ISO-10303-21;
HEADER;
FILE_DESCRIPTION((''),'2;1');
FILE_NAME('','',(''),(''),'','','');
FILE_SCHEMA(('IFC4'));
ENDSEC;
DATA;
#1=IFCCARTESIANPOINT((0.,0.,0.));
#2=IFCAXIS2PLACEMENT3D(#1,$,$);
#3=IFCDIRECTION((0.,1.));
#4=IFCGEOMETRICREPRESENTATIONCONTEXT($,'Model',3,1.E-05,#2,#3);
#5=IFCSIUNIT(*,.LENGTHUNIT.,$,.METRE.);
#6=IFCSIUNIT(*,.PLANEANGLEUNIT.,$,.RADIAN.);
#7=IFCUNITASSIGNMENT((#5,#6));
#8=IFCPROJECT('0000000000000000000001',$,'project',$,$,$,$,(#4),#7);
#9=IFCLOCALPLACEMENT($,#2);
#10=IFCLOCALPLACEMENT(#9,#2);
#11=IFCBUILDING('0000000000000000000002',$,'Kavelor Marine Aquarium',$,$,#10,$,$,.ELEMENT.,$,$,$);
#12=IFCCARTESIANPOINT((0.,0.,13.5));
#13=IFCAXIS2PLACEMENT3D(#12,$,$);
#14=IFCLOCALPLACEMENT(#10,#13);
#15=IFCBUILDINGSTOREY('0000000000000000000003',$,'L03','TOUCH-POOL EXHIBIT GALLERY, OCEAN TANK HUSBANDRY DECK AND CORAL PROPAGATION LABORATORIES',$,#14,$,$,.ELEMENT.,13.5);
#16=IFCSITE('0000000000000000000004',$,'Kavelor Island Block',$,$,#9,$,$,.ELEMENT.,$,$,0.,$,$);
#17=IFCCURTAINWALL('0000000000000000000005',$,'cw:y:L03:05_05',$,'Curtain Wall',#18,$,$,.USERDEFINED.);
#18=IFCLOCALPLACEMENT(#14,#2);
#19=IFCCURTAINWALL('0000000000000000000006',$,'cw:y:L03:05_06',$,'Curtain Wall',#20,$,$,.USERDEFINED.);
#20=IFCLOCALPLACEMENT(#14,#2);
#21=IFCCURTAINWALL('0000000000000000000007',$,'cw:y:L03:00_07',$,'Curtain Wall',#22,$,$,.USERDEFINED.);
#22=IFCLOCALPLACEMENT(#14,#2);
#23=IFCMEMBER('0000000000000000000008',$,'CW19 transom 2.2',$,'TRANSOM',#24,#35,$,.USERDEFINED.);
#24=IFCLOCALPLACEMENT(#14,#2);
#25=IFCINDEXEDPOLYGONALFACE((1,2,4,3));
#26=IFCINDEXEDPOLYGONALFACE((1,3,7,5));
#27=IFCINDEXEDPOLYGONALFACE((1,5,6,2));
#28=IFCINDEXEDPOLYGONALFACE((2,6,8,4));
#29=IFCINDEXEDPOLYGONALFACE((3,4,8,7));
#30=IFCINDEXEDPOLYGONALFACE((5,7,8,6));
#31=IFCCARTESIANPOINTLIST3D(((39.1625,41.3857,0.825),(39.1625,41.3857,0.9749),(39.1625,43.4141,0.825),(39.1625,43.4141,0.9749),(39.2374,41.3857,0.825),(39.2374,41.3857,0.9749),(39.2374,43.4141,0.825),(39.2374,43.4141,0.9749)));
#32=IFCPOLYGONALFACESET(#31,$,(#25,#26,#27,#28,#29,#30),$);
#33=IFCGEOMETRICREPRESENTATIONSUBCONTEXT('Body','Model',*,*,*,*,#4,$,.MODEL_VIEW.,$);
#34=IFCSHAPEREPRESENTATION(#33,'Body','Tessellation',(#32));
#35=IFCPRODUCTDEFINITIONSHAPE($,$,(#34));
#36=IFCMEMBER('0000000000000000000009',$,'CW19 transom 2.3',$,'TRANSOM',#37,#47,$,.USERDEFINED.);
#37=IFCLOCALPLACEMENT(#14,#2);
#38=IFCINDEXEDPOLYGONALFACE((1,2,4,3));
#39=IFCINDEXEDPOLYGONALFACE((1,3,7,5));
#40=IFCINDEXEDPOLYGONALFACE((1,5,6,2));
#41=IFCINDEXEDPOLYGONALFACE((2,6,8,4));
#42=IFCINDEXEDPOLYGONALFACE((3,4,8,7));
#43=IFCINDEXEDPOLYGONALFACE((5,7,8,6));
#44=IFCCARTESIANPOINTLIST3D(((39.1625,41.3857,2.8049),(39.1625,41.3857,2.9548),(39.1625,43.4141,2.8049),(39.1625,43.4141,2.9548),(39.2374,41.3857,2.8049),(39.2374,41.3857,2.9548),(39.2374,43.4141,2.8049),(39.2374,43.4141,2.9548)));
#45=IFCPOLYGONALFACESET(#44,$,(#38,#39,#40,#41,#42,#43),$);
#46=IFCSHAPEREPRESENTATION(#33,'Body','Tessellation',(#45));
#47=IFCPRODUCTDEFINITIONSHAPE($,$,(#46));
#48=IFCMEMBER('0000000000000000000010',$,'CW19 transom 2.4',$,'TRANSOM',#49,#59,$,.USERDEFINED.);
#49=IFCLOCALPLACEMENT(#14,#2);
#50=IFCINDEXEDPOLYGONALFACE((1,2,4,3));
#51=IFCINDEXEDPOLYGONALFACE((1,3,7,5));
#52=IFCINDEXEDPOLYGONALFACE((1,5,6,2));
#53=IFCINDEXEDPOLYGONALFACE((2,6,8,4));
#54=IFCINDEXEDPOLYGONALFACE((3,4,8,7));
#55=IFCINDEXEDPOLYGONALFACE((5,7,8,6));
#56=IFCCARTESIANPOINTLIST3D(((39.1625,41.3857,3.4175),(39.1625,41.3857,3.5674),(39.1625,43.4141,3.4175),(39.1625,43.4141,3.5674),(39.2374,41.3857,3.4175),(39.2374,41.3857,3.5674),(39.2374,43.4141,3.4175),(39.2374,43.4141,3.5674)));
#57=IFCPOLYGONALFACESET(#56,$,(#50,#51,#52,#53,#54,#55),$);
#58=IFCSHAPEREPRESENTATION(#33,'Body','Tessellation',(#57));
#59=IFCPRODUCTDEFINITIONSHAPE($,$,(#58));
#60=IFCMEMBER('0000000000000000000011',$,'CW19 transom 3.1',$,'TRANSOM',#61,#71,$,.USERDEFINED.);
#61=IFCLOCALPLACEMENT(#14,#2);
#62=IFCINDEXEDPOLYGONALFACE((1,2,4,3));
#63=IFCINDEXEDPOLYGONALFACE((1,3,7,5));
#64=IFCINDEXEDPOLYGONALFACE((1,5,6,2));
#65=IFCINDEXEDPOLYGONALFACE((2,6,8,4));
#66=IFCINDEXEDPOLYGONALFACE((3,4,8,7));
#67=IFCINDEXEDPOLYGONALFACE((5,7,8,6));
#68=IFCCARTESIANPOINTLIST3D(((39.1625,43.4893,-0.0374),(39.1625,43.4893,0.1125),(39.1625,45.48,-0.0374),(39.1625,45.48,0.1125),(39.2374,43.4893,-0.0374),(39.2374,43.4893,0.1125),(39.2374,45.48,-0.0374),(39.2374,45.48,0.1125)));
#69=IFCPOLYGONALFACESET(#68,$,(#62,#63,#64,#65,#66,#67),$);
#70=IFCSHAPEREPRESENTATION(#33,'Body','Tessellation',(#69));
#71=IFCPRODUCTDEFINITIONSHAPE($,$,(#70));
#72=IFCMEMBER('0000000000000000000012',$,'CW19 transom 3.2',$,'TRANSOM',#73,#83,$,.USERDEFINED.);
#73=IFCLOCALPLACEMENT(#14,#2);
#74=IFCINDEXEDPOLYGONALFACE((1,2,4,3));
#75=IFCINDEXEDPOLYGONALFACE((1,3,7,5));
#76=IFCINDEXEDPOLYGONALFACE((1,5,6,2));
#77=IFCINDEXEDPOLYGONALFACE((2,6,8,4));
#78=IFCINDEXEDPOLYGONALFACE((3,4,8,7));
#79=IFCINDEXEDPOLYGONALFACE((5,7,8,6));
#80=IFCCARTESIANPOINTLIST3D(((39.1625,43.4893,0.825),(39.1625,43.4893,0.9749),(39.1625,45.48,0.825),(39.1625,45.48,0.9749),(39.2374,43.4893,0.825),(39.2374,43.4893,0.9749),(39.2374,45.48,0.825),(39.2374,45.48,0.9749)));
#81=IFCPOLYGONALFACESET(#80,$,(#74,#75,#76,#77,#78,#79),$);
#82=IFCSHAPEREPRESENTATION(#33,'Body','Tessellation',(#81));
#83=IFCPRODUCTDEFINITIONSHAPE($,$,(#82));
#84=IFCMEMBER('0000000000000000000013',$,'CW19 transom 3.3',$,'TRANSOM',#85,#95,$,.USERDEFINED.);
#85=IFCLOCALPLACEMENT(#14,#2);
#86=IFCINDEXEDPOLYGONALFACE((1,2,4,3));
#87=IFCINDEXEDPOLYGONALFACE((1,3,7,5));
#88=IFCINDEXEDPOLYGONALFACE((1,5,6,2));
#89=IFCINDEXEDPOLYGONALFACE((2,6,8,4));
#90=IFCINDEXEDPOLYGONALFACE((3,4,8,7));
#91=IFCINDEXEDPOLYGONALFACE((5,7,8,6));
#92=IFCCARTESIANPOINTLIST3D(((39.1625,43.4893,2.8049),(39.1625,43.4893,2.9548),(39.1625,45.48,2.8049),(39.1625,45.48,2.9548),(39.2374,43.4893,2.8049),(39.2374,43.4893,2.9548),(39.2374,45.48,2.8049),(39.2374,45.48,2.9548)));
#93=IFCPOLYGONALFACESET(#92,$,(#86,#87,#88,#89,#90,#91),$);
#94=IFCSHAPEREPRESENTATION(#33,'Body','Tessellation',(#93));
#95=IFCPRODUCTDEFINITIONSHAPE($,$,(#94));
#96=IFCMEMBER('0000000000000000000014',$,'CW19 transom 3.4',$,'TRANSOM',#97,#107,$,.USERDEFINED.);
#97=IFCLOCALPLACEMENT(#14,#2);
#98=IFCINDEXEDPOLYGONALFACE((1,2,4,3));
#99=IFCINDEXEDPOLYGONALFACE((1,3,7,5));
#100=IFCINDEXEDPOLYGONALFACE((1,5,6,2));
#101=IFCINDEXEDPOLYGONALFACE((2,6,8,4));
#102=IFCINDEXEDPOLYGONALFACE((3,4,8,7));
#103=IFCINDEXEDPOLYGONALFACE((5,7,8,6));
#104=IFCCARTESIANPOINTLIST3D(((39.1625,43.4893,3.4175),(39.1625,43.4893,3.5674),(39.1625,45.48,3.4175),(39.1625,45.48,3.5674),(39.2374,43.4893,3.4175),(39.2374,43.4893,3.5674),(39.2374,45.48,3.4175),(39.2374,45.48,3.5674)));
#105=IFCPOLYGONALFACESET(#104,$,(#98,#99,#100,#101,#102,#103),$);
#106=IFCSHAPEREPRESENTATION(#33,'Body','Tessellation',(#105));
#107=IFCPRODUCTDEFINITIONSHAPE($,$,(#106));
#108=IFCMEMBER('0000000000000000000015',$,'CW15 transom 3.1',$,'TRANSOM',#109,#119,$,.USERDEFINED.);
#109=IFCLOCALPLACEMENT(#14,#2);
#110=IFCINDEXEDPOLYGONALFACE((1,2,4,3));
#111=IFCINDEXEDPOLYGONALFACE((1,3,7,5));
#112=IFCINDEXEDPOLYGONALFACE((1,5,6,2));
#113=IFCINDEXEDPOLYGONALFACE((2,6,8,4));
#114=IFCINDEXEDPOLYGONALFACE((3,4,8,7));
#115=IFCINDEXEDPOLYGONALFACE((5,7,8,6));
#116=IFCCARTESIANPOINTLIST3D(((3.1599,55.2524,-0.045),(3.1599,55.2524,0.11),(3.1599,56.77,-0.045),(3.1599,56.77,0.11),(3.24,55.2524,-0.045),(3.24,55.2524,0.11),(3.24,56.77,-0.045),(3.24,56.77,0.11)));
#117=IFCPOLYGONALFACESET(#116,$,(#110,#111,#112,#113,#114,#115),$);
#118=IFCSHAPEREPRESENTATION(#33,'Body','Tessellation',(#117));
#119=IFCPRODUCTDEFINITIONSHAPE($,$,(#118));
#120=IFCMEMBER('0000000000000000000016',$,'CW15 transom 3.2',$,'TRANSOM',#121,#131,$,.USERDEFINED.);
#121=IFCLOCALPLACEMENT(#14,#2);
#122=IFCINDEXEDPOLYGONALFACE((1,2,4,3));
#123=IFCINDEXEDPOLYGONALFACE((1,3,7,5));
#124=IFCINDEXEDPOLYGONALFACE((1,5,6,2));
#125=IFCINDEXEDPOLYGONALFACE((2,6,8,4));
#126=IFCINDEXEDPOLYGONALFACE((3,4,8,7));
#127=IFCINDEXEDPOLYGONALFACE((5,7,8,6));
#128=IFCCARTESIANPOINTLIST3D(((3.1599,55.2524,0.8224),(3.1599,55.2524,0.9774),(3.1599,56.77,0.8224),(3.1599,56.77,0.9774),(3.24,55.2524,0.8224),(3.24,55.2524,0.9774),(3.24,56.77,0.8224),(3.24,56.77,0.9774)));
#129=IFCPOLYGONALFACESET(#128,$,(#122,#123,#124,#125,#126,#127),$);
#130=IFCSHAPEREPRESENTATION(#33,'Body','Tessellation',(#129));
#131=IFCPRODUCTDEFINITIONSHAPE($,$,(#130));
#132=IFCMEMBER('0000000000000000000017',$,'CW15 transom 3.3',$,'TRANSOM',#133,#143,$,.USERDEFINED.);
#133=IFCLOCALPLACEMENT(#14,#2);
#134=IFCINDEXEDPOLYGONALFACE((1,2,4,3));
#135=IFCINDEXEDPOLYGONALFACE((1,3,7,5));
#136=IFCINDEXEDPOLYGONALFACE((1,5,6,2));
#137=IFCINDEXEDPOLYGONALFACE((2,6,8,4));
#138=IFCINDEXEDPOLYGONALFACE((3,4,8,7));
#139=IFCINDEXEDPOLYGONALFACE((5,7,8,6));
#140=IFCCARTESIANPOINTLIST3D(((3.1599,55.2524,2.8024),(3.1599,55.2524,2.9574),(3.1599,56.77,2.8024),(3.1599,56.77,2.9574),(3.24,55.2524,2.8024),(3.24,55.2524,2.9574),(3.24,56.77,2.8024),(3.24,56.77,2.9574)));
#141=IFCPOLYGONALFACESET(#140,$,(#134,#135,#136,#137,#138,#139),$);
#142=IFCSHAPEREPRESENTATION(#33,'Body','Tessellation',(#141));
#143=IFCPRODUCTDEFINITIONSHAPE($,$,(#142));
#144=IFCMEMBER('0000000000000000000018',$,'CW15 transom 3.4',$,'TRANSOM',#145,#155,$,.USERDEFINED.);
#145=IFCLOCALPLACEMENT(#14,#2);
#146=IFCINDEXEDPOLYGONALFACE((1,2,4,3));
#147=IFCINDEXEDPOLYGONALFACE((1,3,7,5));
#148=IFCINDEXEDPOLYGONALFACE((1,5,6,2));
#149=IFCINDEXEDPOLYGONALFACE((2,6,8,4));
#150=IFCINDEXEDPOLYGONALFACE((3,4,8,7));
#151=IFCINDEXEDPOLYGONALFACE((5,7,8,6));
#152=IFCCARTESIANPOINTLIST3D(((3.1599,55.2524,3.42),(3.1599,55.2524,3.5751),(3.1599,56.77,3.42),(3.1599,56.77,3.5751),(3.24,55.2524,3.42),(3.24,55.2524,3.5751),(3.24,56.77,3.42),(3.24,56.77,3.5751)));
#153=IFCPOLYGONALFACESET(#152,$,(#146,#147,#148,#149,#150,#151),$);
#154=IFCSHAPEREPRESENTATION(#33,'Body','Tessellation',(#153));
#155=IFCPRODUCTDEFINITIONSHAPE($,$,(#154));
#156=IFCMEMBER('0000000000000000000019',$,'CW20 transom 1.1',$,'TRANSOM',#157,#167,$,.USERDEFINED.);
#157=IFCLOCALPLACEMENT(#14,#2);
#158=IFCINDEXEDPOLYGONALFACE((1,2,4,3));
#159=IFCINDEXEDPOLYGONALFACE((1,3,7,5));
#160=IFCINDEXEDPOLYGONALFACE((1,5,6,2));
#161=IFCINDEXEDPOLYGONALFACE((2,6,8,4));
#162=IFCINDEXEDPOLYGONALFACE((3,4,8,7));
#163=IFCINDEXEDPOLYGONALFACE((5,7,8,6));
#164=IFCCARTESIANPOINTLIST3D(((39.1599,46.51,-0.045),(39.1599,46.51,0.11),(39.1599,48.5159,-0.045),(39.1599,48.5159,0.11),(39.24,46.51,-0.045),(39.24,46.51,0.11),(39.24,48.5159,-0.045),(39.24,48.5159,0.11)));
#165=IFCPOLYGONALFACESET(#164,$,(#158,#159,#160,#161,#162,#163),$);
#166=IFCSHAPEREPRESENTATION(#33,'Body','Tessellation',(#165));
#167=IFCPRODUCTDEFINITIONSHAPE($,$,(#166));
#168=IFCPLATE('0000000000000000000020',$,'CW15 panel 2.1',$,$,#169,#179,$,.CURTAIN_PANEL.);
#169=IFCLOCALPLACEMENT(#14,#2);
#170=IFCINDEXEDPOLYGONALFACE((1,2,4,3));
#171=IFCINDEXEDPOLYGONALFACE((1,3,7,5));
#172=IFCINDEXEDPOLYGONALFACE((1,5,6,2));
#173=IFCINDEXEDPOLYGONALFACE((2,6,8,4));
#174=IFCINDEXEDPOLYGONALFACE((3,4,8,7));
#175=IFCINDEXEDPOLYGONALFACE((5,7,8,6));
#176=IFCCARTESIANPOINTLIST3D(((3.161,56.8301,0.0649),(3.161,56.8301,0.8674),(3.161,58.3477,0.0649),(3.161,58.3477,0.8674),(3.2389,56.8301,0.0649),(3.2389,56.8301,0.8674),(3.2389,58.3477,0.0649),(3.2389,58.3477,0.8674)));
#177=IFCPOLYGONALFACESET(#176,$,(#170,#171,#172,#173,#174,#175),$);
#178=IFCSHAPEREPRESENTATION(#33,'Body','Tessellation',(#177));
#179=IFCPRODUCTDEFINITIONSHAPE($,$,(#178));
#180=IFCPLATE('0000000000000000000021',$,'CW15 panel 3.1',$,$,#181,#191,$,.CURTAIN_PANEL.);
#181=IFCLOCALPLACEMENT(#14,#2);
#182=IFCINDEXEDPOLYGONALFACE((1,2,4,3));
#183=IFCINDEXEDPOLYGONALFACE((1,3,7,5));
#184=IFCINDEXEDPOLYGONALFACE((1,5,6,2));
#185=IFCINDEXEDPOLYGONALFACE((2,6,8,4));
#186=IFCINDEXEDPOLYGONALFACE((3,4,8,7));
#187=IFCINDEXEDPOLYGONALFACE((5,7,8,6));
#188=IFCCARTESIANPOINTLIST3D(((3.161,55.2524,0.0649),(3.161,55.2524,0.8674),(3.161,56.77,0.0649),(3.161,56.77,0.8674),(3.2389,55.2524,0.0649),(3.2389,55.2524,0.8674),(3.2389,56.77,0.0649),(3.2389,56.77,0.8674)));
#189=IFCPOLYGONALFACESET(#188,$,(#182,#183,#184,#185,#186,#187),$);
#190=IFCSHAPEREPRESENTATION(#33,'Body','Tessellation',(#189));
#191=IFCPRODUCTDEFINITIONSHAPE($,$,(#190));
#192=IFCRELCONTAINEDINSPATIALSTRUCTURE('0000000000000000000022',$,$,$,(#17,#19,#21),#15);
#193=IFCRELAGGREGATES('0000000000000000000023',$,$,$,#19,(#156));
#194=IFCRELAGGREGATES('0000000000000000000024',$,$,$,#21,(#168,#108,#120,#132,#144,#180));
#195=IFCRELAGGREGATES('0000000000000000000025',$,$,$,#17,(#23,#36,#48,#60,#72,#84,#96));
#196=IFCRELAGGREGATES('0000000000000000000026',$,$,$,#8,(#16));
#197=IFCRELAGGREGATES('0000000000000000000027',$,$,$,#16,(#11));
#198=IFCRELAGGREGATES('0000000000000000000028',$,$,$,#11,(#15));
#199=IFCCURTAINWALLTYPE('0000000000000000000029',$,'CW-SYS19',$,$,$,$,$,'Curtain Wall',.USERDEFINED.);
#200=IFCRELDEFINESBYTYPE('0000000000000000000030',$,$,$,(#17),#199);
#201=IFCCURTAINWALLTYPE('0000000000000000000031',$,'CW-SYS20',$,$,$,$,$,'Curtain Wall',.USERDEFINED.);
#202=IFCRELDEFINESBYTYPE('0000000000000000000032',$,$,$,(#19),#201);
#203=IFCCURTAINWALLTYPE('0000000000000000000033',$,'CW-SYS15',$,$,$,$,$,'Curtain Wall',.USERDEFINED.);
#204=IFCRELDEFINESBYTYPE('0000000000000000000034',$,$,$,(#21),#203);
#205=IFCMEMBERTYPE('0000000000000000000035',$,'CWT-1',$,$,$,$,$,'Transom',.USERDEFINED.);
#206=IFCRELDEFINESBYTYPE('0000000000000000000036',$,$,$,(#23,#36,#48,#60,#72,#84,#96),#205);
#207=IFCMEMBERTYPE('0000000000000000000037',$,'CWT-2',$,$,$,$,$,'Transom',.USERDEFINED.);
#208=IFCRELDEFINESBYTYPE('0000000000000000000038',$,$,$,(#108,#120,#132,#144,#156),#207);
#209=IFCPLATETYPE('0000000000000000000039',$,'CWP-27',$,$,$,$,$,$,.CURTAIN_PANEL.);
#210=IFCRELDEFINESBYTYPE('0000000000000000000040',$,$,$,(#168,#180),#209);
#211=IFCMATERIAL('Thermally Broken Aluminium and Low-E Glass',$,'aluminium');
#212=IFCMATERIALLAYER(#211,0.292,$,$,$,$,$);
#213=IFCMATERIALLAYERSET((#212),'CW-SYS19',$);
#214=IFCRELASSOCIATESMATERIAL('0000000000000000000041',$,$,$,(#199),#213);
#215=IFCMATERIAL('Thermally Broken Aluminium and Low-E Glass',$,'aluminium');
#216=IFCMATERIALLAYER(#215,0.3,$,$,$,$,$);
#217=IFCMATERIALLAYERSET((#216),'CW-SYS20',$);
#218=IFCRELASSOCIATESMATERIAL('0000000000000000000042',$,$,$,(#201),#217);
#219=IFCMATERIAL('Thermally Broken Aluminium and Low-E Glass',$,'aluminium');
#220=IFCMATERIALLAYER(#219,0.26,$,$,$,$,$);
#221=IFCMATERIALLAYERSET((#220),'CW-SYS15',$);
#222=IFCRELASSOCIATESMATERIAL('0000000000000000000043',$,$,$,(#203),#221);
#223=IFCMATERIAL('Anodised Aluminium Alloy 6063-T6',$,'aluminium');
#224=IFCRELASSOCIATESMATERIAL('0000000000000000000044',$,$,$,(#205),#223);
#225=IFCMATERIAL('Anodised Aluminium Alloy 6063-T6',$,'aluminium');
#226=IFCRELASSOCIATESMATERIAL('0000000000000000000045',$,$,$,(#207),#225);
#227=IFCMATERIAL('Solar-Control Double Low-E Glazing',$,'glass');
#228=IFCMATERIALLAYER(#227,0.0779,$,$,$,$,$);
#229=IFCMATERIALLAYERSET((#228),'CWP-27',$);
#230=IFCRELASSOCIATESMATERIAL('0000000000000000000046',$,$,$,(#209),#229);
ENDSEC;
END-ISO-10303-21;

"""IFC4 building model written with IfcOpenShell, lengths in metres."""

from ifc_helpers import new_model, si_unit, direction, frame, origin, origin_2d, place, context, subcontext, project, spatial, rectangle, extrude, material, layer, layer_set, material_profile, profile_set, type_object, element, aggregate, save


model = new_model("IFC4")

# Units and contexts
model_context = context("Model", 3, precision=1e-05, world=origin(), true_north=direction((0.0, 1.0)))
body_context = subcontext(model_context, "Body", "Model", "MODEL_VIEW")
ifc_project = project(units=[si_unit("LENGTHUNIT", "METRE"), si_unit("PLANEANGLEUNIT", "RADIAN")], contexts=[model_context])

# Site, building, storey
site_placement = place(None, origin())
site = spatial("IfcSite", under=ifc_project, at=site_placement, Name="Kavelor Island Block", CompositionType="ELEMENT", RefElevation=0.0)
building_placement = place(site_placement, origin())
building = spatial("IfcBuilding", under=site, at=building_placement, Name="Kavelor Marine Aquarium", CompositionType="ELEMENT")
storey_placement = place(building_placement, frame((0.0, 0.0, 13.5)))
storey = spatial("IfcBuildingStorey", under=building, at=storey_placement, Name="L03", Description="TOUCH-POOL EXHIBIT GALLERY, OCEAN TANK HUSBANDRY DECK AND CORAL PROPAGATION LABORATORIES", CompositionType="ELEMENT", Elevation=13.5)

# Curtain wall
ifc_material_1 = material(Name="Thermally Broken Aluminium and Low-E Glass", Category="aluminium")
ifc_layer_1 = layer(ifc_material_1, 0.292)
ifc_layer_set_1 = layer_set([ifc_layer_1], Name="CW-SYS19")
curtain_wall_type_1 = type_object("IfcCurtainWallType", Name="CW-SYS19", ElementType="Curtain Wall", PredefinedType="USERDEFINED", material=ifc_layer_set_1)
curtain_wall_1_placement = place(storey_placement, origin())
curtain_wall_1 = element("IfcCurtainWall", 1, at=curtain_wall_1_placement, inside=storey, type_object=curtain_wall_type_1, Name="cw:y:L03:05_05", ObjectType="Curtain Wall", PredefinedType="USERDEFINED")

# Curtain walls
ifc_material_2 = material(Name="Thermally Broken Aluminium and Low-E Glass", Category="aluminium")
ifc_layer_2 = layer(ifc_material_2, 0.3)
ifc_layer_set_2 = layer_set([ifc_layer_2], Name="CW-SYS20")
curtain_wall_type_2 = type_object("IfcCurtainWallType", Name="CW-SYS20", ElementType="Curtain Wall", PredefinedType="USERDEFINED", material=ifc_layer_set_2)
curtain_wall_2_placement = place(storey_placement, origin())
curtain_wall_2 = element("IfcCurtainWall", 2, at=curtain_wall_2_placement, inside=storey, type_object=curtain_wall_type_2, Name="cw:y:L03:05_06", ObjectType="Curtain Wall", PredefinedType="USERDEFINED")
ifc_material_3 = material(Name="Thermally Broken Aluminium and Low-E Glass", Category="aluminium")
ifc_layer_3 = layer(ifc_material_3, 0.26)
ifc_layer_set_3 = layer_set([ifc_layer_3], Name="CW-SYS15")
curtain_wall_type_3 = type_object("IfcCurtainWallType", Name="CW-SYS15", ElementType="Curtain Wall", PredefinedType="USERDEFINED", material=ifc_layer_set_3)
curtain_wall_3_placement = place(storey_placement, origin())
curtain_wall_3 = element("IfcCurtainWall", 3, at=curtain_wall_3_placement, inside=storey, type_object=curtain_wall_type_3, Name="cw:y:L03:00_07", ObjectType="Curtain Wall", PredefinedType="USERDEFINED")

# Members
ifc_material_4 = material(Name="Anodised Aluminium Alloy 6063-T6", Category="aluminium")
ifc_material_profile_1 = material_profile(ifc_material_4, rectangle(XDim=0.075, YDim=0.1499, at=origin_2d()), Name="CW-TRN 75x150")
ifc_profile_set_1 = profile_set([ifc_material_profile_1], Name="Anodised Aluminium Alloy 6063-T6")
member_type_1 = type_object("IfcMemberType", Name="CWT-1", ElementType="Transom", PredefinedType="USERDEFINED", material=ifc_profile_set_1)
member_1_placement = place(storey_placement, frame((39.2, 41.3857, 0.8999), z_axis=(0.0, 1.0, 0.0), x_axis=(-1.0, 0.0, 0.0)))
member_1 = element("IfcMember", 4, at=member_1_placement, type_object=member_type_1, Name="CW19 transom 2.2", ObjectType="TRANSOM", PredefinedType="USERDEFINED", context=body_context, shape_type="SweptSolid", body=[
    extrude(rectangle(XDim=0.075, YDim=0.1499, at=origin_2d()), origin(), (0.0, 0.0, 1.0), 2.0283),
])
member_2_placement = place(storey_placement, frame((39.2, 41.3857, 2.8799), z_axis=(0.0, 1.0, 0.0), x_axis=(-1.0, 0.0, 0.0)))
member_2 = element("IfcMember", 5, at=member_2_placement, type_object=member_type_1, Name="CW19 transom 2.3", ObjectType="TRANSOM", PredefinedType="USERDEFINED", context=body_context, shape_type="SweptSolid", body=[
    extrude(rectangle(XDim=0.075, YDim=0.1499, at=origin_2d()), origin(), (0.0, 0.0, 1.0), 2.0283),
])
member_3_placement = place(storey_placement, frame((39.2, 41.3857, 3.4924), z_axis=(0.0, 1.0, 0.0), x_axis=(-1.0, 0.0, 0.0)))
member_3 = element("IfcMember", 6, at=member_3_placement, type_object=member_type_1, Name="CW19 transom 2.4", ObjectType="TRANSOM", PredefinedType="USERDEFINED", context=body_context, shape_type="SweptSolid", body=[
    extrude(rectangle(XDim=0.075, YDim=0.1499, at=origin_2d()), origin(), (0.0, 0.0, 1.0), 2.0283),
])
member_4_placement = place(storey_placement, frame((39.2, 43.4893, 0.0376), z_axis=(0.0, 1.0, 0.0), x_axis=(-1.0, 0.0, 0.0)))
member_4 = element("IfcMember", 7, at=member_4_placement, type_object=member_type_1, Name="CW19 transom 3.1", ObjectType="TRANSOM", PredefinedType="USERDEFINED", context=body_context, shape_type="SweptSolid", body=[
    extrude(rectangle(XDim=0.075, YDim=0.1499, at=origin_2d()), origin(), (0.0, 0.0, 1.0), 1.9907),
])
member_5_placement = place(storey_placement, frame((39.2, 43.4893, 0.8999), z_axis=(0.0, 1.0, 0.0), x_axis=(-1.0, 0.0, 0.0)))
member_5 = element("IfcMember", 8, at=member_5_placement, type_object=member_type_1, Name="CW19 transom 3.2", ObjectType="TRANSOM", PredefinedType="USERDEFINED", context=body_context, shape_type="SweptSolid", body=[
    extrude(rectangle(XDim=0.075, YDim=0.1499, at=origin_2d()), origin(), (0.0, 0.0, 1.0), 1.9907),
])
member_6_placement = place(storey_placement, frame((39.2, 43.4893, 2.8799), z_axis=(0.0, 1.0, 0.0), x_axis=(-1.0, 0.0, 0.0)))
member_6 = element("IfcMember", 9, at=member_6_placement, type_object=member_type_1, Name="CW19 transom 3.3", ObjectType="TRANSOM", PredefinedType="USERDEFINED", context=body_context, shape_type="SweptSolid", body=[
    extrude(rectangle(XDim=0.075, YDim=0.1499, at=origin_2d()), origin(), (0.0, 0.0, 1.0), 1.9907),
])
member_7_placement = place(storey_placement, frame((39.2, 43.4893, 3.4924), z_axis=(0.0, 1.0, 0.0), x_axis=(-1.0, 0.0, 0.0)))
member_7 = element("IfcMember", 10, at=member_7_placement, type_object=member_type_1, Name="CW19 transom 3.4", ObjectType="TRANSOM", PredefinedType="USERDEFINED", context=body_context, shape_type="SweptSolid", body=[
    extrude(rectangle(XDim=0.075, YDim=0.1499, at=origin_2d()), origin(), (0.0, 0.0, 1.0), 1.9907),
])
ifc_material_5 = material(Name="Anodised Aluminium Alloy 6063-T6", Category="aluminium")
ifc_material_profile_2 = material_profile(ifc_material_5, rectangle(XDim=0.0801, YDim=0.155, at=origin_2d()), Name="CW-TRN 80x155")
ifc_profile_set_2 = profile_set([ifc_material_profile_2], Name="Anodised Aluminium Alloy 6063-T6")
member_type_2 = type_object("IfcMemberType", Name="CWT-2", ElementType="Transom", PredefinedType="USERDEFINED", material=ifc_profile_set_2)
member_8_placement = place(storey_placement, frame((3.2, 56.77, 0.0325), z_axis=(0.0, -1.0, 0.0), x_axis=(1.0, 0.0, 0.0)))
member_8 = element("IfcMember", 11, at=member_8_placement, type_object=member_type_2, Name="CW15 transom 3.1", ObjectType="TRANSOM", PredefinedType="USERDEFINED", context=body_context, shape_type="SweptSolid", body=[
    extrude(rectangle(XDim=0.0801, YDim=0.155, at=origin_2d()), origin(), (0.0, 0.0, 1.0), 1.5176),
])
member_9_placement = place(storey_placement, frame((3.2, 56.77, 0.8999), z_axis=(0.0, -1.0, 0.0), x_axis=(1.0, 0.0, 0.0)))
member_9 = element("IfcMember", 12, at=member_9_placement, type_object=member_type_2, Name="CW15 transom 3.2", ObjectType="TRANSOM", PredefinedType="USERDEFINED", context=body_context, shape_type="SweptSolid", body=[
    extrude(rectangle(XDim=0.0801, YDim=0.155, at=origin_2d()), origin(), (0.0, 0.0, 1.0), 1.5176),
])
member_10_placement = place(storey_placement, frame((3.2, 56.77, 2.8799), z_axis=(0.0, -1.0, 0.0), x_axis=(1.0, 0.0, 0.0)))
member_10 = element("IfcMember", 13, at=member_10_placement, type_object=member_type_2, Name="CW15 transom 3.3", ObjectType="TRANSOM", PredefinedType="USERDEFINED", context=body_context, shape_type="SweptSolid", body=[
    extrude(rectangle(XDim=0.0801, YDim=0.155, at=origin_2d()), origin(), (0.0, 0.0, 1.0), 1.5176),
])
member_11_placement = place(storey_placement, frame((3.2, 56.77, 3.4976), z_axis=(0.0, -1.0, 0.0), x_axis=(1.0, 0.0, 0.0)))
member_11 = element("IfcMember", 14, at=member_11_placement, type_object=member_type_2, Name="CW15 transom 3.4", ObjectType="TRANSOM", PredefinedType="USERDEFINED", context=body_context, shape_type="SweptSolid", body=[
    extrude(rectangle(XDim=0.0801, YDim=0.155, at=origin_2d()), origin(), (0.0, 0.0, 1.0), 1.5176),
])
member_12_placement = place(storey_placement, frame((39.2, 46.51, 0.0325), z_axis=(0.0, 1.0, 0.0), x_axis=(-1.0, 0.0, 0.0)))
member_12 = element("IfcMember", 15, at=member_12_placement, type_object=member_type_2, Name="CW20 transom 1.1", ObjectType="TRANSOM", PredefinedType="USERDEFINED", context=body_context, shape_type="SweptSolid", body=[
    extrude(rectangle(XDim=0.0801, YDim=0.155, at=origin_2d()), origin(), (0.0, 0.0, 1.0), 2.0059),
])
aggregate(curtain_wall_2, [member_12])

# Plates
ifc_material_6 = material(Name="Solar-Control Double Low-E Glazing", Category="glass")
ifc_layer_4 = layer(ifc_material_6, 0.0779)
ifc_layer_set_4 = layer_set([ifc_layer_4], Name="CWP-27")
plate_type_1 = type_object("IfcPlateType", Name="CWP-27", PredefinedType="CURTAIN_PANEL", material=ifc_layer_set_4)
plate_1_placement = place(storey_placement, frame((3.2, 57.5889, 0.0649), z_axis=(0.0, 0.0, 1.0), x_axis=(0.0, -1.0, 0.0)))
plate_1 = element("IfcPlate", 16, at=plate_1_placement, type_object=plate_type_1, Name="CW15 panel 2.1", PredefinedType="CURTAIN_PANEL", context=body_context, shape_type="SweptSolid", body=[
    extrude(rectangle(XDim=1.5176, YDim=0.0779, at=origin_2d()), origin(), (0.0, 0.0, 1.0), 0.8025),
])
plate_2_placement = place(storey_placement, frame((3.2, 56.0112, 0.0649), z_axis=(0.0, 0.0, 1.0), x_axis=(0.0, -1.0, 0.0)))
plate_2 = element("IfcPlate", 17, at=plate_2_placement, type_object=plate_type_1, Name="CW15 panel 3.1", PredefinedType="CURTAIN_PANEL", context=body_context, shape_type="SweptSolid", body=[
    extrude(rectangle(XDim=1.5176, YDim=0.0779, at=origin_2d()), origin(), (0.0, 0.0, 1.0), 0.8025),
])
aggregate(curtain_wall_3, [plate_1, member_8, member_9, member_10, member_11, plate_2])
aggregate(curtain_wall_1, [member_1, member_2, member_3, member_4, member_5, member_6, member_7])

save(model, "model.ifc")
